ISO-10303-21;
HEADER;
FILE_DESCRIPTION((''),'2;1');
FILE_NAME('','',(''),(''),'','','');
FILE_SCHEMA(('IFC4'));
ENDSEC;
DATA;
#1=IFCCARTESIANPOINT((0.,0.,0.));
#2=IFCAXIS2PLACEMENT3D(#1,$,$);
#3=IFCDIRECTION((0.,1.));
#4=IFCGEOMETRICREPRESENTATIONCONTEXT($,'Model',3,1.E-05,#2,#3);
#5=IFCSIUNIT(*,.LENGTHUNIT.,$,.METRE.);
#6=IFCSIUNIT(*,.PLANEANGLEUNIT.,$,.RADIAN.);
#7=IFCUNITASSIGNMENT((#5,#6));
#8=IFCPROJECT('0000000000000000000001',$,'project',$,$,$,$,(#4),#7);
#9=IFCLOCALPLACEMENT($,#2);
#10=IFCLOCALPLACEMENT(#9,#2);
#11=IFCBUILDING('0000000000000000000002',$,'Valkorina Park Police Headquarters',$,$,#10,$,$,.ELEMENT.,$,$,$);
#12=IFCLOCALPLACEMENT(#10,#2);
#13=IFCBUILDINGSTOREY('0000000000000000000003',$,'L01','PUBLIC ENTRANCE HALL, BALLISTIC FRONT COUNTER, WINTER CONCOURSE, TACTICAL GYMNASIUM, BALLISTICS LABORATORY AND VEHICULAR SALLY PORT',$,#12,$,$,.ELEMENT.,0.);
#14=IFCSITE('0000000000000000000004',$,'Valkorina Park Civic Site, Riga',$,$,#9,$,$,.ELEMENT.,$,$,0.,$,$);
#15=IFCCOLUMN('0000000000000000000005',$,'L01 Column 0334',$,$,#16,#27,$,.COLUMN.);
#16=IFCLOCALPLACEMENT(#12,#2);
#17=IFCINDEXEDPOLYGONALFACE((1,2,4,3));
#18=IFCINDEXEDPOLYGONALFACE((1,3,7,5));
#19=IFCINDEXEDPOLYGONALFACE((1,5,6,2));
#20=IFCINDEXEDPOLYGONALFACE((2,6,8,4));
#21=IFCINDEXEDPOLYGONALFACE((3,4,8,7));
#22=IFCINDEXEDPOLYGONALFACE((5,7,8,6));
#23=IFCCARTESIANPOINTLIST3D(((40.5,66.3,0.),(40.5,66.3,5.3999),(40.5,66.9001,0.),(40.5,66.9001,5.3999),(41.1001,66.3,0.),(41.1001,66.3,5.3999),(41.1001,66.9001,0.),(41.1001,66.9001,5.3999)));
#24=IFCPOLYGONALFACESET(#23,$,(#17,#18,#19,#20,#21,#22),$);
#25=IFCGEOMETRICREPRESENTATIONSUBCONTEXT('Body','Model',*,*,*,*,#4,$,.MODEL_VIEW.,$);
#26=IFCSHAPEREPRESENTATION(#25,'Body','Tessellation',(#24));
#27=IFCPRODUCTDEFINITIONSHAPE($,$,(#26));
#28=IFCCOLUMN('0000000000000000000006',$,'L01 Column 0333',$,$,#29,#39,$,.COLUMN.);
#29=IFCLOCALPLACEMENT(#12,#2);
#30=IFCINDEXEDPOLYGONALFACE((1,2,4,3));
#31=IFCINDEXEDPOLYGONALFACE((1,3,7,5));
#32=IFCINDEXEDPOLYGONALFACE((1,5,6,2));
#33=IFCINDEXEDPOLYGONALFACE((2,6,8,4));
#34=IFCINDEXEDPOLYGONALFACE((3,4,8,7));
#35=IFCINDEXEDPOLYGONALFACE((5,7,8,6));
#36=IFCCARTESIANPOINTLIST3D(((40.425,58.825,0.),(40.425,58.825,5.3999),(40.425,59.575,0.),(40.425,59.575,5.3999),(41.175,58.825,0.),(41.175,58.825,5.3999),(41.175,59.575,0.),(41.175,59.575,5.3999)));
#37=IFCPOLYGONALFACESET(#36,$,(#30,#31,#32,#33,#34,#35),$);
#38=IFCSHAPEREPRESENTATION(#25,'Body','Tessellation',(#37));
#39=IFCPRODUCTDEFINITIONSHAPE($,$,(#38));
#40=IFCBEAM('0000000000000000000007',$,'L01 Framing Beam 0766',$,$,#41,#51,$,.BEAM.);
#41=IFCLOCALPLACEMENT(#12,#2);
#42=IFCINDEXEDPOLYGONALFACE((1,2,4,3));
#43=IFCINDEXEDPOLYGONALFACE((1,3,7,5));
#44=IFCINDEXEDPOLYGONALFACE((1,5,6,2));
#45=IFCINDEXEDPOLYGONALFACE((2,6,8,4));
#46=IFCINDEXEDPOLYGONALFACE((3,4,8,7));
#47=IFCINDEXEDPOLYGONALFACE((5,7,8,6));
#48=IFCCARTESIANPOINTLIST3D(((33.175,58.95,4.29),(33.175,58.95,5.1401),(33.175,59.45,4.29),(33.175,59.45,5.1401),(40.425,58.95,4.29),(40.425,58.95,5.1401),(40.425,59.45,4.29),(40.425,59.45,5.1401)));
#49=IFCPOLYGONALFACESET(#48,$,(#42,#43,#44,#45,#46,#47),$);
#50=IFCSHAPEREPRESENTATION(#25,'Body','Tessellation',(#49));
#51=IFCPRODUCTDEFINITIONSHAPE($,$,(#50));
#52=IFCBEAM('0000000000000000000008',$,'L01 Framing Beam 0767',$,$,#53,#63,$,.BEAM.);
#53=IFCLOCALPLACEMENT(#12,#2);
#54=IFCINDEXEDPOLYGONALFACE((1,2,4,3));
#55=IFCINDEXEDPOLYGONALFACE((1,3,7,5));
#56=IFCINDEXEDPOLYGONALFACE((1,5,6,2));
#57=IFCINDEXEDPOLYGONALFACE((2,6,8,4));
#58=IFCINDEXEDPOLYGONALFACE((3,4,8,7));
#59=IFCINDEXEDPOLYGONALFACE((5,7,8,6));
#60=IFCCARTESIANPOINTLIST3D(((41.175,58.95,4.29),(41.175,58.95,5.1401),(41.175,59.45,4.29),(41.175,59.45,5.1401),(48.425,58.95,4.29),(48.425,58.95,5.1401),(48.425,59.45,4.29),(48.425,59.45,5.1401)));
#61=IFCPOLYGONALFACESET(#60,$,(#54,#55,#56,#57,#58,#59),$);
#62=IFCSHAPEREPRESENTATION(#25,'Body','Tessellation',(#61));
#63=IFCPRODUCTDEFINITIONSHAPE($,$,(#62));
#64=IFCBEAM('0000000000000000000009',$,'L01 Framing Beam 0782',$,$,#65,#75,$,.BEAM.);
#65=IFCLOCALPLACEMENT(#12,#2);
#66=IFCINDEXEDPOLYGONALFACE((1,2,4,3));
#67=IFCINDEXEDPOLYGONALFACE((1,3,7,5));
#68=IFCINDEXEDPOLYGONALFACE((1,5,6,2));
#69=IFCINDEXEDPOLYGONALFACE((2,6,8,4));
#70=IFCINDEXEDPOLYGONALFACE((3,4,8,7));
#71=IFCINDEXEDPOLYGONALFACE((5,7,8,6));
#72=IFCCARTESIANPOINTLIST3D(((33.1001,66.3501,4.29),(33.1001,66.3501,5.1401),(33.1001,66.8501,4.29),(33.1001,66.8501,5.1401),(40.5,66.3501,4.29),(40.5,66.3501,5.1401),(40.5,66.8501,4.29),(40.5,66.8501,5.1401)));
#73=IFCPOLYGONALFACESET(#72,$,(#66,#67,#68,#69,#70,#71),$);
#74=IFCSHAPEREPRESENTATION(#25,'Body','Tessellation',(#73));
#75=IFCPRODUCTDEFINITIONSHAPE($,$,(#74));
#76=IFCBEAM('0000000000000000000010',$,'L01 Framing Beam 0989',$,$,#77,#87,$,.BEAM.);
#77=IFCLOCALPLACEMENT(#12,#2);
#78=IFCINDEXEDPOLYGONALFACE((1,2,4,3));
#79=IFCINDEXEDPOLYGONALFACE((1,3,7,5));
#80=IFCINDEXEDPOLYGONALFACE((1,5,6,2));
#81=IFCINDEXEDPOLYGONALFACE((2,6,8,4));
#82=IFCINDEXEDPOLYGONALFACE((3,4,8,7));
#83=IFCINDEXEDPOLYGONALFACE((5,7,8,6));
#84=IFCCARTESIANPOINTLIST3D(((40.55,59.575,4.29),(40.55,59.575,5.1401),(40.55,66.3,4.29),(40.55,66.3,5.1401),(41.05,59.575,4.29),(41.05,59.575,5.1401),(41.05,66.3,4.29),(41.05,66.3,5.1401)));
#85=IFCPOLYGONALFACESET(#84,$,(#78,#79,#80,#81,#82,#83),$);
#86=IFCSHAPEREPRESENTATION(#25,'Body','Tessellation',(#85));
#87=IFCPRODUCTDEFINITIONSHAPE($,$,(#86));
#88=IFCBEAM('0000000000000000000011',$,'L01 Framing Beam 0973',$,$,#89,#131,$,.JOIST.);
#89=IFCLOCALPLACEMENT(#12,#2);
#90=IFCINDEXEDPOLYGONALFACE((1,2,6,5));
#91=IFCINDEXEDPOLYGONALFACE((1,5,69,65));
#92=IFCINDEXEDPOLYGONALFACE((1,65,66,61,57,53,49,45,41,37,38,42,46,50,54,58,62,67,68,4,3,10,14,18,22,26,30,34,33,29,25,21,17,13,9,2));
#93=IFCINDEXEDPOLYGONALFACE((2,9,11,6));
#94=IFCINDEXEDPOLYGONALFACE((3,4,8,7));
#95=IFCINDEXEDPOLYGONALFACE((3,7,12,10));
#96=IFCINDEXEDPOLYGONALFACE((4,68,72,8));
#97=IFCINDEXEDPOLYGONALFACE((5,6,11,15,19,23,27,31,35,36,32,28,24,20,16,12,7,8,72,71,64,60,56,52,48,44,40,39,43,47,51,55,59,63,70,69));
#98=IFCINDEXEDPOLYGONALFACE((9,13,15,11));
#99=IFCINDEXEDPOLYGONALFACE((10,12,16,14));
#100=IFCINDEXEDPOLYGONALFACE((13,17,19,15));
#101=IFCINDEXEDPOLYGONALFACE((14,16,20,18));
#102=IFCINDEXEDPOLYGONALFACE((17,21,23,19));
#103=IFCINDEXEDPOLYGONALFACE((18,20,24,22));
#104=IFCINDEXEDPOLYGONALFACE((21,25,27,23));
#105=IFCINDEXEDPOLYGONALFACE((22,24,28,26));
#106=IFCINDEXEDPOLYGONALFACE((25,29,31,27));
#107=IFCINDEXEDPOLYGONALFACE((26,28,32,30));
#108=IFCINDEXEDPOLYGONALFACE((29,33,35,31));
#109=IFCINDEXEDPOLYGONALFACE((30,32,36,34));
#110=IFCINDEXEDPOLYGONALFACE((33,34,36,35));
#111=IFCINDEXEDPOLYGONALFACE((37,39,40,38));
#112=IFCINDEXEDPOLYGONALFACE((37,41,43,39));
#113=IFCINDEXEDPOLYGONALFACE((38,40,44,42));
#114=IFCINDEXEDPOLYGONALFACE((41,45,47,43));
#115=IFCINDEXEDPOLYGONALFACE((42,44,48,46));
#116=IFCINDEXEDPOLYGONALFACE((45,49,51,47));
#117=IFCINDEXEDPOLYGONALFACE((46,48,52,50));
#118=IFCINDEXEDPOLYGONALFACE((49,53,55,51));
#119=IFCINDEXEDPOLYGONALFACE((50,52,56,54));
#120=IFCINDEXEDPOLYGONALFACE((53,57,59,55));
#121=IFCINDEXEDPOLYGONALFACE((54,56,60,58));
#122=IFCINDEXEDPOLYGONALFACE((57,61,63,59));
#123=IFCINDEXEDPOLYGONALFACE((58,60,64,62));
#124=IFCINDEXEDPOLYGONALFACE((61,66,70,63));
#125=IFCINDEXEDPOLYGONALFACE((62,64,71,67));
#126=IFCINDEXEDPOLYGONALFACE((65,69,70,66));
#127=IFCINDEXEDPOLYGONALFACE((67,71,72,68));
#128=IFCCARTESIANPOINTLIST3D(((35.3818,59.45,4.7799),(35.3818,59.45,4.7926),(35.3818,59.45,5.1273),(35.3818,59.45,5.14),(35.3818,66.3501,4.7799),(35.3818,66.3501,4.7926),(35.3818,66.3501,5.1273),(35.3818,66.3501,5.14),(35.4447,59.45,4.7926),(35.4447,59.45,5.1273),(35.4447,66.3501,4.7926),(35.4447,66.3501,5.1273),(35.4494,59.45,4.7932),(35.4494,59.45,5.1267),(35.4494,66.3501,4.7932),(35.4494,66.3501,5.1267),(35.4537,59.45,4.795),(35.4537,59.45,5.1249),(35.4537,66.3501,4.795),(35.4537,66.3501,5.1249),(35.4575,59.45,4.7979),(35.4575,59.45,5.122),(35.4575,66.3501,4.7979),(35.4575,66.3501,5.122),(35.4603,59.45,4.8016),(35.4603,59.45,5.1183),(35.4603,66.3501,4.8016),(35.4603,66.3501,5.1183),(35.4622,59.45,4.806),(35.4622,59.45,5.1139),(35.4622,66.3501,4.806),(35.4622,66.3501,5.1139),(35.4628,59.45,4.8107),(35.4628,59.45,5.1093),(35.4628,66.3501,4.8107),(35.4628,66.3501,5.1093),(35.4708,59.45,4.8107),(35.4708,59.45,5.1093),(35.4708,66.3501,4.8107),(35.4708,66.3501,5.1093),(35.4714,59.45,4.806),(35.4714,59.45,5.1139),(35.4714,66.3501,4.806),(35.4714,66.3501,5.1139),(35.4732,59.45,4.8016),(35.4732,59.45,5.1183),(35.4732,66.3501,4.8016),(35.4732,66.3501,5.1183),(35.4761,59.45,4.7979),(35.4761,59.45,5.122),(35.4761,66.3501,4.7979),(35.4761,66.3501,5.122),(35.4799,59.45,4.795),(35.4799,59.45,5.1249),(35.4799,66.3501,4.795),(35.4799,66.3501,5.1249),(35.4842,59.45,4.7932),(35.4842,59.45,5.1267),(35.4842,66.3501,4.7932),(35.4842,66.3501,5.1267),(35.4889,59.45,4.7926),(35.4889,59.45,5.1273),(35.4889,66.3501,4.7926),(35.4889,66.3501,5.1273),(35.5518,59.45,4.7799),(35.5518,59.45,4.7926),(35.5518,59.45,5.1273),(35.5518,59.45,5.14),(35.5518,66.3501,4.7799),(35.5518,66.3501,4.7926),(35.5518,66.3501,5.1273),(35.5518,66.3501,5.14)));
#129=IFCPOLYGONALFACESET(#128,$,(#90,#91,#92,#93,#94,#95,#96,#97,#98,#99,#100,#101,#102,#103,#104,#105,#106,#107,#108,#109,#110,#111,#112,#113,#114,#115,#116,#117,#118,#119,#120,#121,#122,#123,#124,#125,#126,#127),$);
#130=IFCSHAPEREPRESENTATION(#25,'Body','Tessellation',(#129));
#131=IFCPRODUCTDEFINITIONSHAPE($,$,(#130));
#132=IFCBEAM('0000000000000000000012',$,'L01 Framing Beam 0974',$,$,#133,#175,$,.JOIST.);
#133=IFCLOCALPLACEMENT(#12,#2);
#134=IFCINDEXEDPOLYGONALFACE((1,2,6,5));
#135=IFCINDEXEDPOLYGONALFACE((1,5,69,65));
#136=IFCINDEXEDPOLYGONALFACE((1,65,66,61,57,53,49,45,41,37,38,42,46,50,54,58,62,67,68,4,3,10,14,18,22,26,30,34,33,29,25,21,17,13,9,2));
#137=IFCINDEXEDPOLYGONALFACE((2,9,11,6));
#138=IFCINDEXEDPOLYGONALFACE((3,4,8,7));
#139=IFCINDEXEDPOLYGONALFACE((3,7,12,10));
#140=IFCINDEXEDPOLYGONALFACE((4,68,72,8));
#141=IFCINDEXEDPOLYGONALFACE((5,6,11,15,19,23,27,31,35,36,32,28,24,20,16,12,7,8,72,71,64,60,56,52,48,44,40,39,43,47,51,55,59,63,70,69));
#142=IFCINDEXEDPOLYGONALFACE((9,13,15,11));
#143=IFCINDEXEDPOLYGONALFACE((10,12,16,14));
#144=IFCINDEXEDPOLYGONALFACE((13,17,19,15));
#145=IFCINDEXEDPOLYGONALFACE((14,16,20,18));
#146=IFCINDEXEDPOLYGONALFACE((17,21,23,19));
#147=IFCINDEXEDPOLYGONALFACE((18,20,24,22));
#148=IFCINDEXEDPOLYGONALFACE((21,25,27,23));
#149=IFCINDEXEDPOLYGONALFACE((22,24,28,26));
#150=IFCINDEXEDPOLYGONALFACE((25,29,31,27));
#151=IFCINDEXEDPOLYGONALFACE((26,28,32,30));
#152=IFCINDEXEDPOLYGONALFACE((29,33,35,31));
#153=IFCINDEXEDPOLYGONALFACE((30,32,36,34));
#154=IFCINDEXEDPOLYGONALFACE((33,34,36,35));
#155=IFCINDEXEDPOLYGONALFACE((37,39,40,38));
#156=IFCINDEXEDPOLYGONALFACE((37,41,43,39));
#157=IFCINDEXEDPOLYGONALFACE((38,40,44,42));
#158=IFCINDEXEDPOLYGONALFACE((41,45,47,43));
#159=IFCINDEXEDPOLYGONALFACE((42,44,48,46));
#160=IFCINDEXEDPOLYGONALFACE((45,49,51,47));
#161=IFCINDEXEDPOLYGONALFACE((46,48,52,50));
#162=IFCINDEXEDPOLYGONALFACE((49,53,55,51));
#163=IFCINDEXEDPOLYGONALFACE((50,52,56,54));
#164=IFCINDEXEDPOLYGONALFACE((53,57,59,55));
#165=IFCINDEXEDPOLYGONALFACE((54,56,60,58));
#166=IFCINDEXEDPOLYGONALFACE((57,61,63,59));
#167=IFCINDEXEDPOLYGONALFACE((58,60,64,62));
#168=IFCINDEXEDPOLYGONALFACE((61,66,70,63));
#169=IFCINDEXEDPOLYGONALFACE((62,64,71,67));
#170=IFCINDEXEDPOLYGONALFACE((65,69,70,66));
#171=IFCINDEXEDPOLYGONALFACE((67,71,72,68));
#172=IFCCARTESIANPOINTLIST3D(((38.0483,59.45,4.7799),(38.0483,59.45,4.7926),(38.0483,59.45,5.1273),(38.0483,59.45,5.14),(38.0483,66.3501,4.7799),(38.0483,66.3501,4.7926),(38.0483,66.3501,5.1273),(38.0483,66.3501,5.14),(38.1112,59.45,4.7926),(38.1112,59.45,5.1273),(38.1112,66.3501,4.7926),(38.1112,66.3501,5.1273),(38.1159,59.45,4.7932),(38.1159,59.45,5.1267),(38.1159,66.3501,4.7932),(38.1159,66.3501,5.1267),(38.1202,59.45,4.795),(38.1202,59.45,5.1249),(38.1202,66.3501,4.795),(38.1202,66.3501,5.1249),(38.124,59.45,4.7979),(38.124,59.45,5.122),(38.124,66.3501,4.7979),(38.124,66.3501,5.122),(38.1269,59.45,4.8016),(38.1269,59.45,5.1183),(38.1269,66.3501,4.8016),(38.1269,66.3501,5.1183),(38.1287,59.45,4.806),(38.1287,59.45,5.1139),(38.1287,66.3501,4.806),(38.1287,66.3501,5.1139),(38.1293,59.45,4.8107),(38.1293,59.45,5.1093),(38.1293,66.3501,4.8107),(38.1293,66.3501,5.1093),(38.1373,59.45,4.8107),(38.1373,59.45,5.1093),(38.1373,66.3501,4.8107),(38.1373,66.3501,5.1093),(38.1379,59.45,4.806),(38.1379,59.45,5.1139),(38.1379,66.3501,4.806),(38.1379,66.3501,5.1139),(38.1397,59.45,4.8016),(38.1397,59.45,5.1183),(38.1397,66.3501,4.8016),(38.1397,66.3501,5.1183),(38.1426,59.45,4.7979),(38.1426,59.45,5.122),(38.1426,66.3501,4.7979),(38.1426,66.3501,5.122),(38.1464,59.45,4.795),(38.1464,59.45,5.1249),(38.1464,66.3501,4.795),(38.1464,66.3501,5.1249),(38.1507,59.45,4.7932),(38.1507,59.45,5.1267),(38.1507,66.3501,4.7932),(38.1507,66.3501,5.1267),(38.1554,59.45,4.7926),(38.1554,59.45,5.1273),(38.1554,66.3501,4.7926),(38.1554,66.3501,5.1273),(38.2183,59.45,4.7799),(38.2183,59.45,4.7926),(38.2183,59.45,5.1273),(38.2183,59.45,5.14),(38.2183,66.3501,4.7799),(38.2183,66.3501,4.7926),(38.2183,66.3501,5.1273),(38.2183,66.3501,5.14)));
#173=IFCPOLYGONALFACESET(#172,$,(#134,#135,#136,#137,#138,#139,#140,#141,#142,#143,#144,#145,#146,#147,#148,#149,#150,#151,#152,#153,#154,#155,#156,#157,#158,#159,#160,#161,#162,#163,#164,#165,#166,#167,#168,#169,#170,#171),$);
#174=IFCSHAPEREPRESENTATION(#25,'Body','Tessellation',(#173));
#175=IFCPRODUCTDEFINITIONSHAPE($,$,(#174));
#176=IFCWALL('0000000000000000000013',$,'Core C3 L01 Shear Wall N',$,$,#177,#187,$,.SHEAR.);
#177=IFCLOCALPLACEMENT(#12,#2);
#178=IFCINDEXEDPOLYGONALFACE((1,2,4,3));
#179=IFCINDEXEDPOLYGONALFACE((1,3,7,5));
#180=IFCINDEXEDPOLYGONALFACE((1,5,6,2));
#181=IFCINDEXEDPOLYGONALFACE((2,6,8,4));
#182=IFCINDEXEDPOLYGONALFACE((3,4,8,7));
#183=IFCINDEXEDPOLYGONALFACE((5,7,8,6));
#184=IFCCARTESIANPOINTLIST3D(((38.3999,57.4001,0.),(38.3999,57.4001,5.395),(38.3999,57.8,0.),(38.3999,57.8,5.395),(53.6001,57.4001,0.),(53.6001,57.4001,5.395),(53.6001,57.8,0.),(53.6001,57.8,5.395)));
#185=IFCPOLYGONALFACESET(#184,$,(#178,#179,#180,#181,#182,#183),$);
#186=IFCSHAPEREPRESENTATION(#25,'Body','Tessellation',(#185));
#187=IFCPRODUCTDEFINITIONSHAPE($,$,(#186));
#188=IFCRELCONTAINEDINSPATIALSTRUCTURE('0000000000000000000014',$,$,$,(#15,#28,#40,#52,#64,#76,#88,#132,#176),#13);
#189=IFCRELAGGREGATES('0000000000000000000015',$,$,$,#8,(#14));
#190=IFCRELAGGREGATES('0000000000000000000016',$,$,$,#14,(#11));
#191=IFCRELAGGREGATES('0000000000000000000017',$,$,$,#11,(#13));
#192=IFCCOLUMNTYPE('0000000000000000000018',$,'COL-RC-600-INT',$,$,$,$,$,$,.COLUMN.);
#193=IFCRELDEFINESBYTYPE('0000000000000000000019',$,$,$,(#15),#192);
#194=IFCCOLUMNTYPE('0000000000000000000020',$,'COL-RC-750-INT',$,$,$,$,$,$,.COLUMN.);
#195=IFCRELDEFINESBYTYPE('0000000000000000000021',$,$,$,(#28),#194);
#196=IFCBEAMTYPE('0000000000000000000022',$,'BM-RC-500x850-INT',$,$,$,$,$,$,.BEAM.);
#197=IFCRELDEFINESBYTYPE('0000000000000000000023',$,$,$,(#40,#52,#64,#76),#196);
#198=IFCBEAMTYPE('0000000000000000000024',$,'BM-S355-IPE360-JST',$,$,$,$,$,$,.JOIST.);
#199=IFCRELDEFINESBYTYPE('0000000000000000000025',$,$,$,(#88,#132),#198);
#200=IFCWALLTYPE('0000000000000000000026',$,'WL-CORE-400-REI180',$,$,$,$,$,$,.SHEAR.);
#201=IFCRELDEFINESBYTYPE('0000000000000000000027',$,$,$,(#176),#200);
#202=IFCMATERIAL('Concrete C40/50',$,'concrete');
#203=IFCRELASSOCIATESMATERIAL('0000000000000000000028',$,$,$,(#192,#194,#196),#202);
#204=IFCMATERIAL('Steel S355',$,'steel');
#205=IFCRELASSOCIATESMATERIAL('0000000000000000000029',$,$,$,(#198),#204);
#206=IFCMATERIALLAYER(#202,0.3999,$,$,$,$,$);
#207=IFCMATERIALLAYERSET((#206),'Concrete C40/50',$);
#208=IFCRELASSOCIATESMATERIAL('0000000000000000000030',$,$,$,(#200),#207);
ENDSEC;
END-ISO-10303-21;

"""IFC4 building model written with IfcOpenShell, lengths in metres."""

from ifc_helpers import new_model, si_unit, direction, frame, frame_2d, origin, origin_2d, place, context, subcontext, project, spatial, rectangle, i_section, extrude, material, layer, layer_set, material_profile, profile_set, type_object, element, save


model = new_model("IFC4")

# Units and contexts
model_context = context("Model", 3, precision=1e-05, world=origin(), true_north=direction((0.0, 1.0)))
body_context = subcontext(model_context, "Body", "Model", "MODEL_VIEW")
ifc_project = project(units=[si_unit("LENGTHUNIT", "METRE"), si_unit("PLANEANGLEUNIT", "RADIAN")], contexts=[model_context])

# Site, building, storey
site_placement = place(None, origin())
site = spatial("IfcSite", under=ifc_project, at=site_placement, Name="Valkorina Park Civic Site, Riga", CompositionType="ELEMENT", RefElevation=0.0)
building_placement = place(site_placement, origin())
building = spatial("IfcBuilding", under=site, at=building_placement, Name="Valkorina Park Police Headquarters", CompositionType="ELEMENT")
storey_placement = place(building_placement, origin())
storey = spatial("IfcBuildingStorey", under=building, at=storey_placement, Name="L01", Description="PUBLIC ENTRANCE HALL, BALLISTIC FRONT COUNTER, WINTER CONCOURSE, TACTICAL GYMNASIUM, BALLISTICS LABORATORY AND VEHICULAR SALLY PORT", CompositionType="ELEMENT", Elevation=0.0)

# Columns
ifc_material_1 = material(Name="Concrete C40/50", Category="concrete")
ifc_material_profile_1 = material_profile(ifc_material_1, rectangle(XDim=0.6001, YDim=0.6001, at=origin_2d()), Name="RC COL 600x600")
ifc_profile_set_1 = profile_set([ifc_material_profile_1], Name="Concrete C40/50")
column_type_1 = type_object("IfcColumnType", Name="COL-RC-600-INT", PredefinedType="COLUMN", material=ifc_profile_set_1)
column_1_placement = place(storey_placement, frame((40.8, 66.6001, 0.0), z_axis=(0.0, 0.0, 1.0), x_axis=(1.0, 0.0, 0.0)))
element("IfcColumn", 1, at=column_1_placement, inside=storey, type_object=column_type_1, Name="L01 Column 0334", PredefinedType="COLUMN", context=body_context, shape_type="SweptSolid", body=[
    extrude(rectangle(XDim=0.6001, YDim=0.6001, at=origin_2d()), origin(), (0.0, 0.0, 1.0), 5.3999),
])
ifc_material_profile_2 = material_profile(ifc_material_1, rectangle(XDim=0.75, YDim=0.75, at=origin_2d()), Name="RC COL 750x750")
ifc_profile_set_2 = profile_set([ifc_material_profile_2], Name="Concrete C40/50")
column_type_2 = type_object("IfcColumnType", Name="COL-RC-750-INT", PredefinedType="COLUMN", material=ifc_profile_set_2)
column_2_placement = place(storey_placement, frame((40.8, 59.2, 0.0), z_axis=(0.0, 0.0, 1.0), x_axis=(1.0, 0.0, 0.0)))
element("IfcColumn", 2, at=column_2_placement, inside=storey, type_object=column_type_2, Name="L01 Column 0333", PredefinedType="COLUMN", context=body_context, shape_type="SweptSolid", body=[
    extrude(rectangle(XDim=0.75, YDim=0.75, at=origin_2d()), origin(), (0.0, 0.0, 1.0), 5.3999),
])

# Beams
ifc_material_profile_3 = material_profile(ifc_material_1, rectangle(XDim=0.5, YDim=0.8501, at=origin_2d()), Name="RC BEAM 500x850")
ifc_profile_set_3 = profile_set([ifc_material_profile_3], Name="Concrete C40/50")
beam_type_1 = type_object("IfcBeamType", Name="BM-RC-500x850-INT", PredefinedType="BEAM", material=ifc_profile_set_3)
for number, where, z_axis, x_axis, name in (
    (3, (33.175, 59.2, 4.7151), (1.0, 0.0, 0.0), (0.0, 1.0, 0.0), "L01 Framing Beam 0766"),
    (4, (41.175, 59.2, 4.7151), (1.0, 0.0, 0.0), (0.0, 1.0, 0.0), "L01 Framing Beam 0767"),
):
    element("IfcBeam", number, at=place(storey_placement, frame(where, z_axis=z_axis, x_axis=x_axis)), inside=storey, type_object=beam_type_1, Name=name, PredefinedType="BEAM", context=body_context, shape_type="SweptSolid", body=[
        extrude(rectangle(XDim=0.5, YDim=0.8501, at=origin_2d()), origin(), (0.0, 0.0, 1.0), 7.25),
    ])
beam_1_placement = place(storey_placement, frame((33.1001, 66.6001, 4.7151), z_axis=(1.0, 0.0, 0.0), x_axis=(0.0, 1.0, 0.0)))
element("IfcBeam", 5, at=beam_1_placement, inside=storey, type_object=beam_type_1, Name="L01 Framing Beam 0782", PredefinedType="BEAM", context=body_context, shape_type="SweptSolid", body=[
    extrude(rectangle(XDim=0.5, YDim=0.8501, at=origin_2d()), origin(), (0.0, 0.0, 1.0), 7.3999),
])
beam_2_placement = place(storey_placement, frame((40.8, 59.575, 4.7151), z_axis=(0.0, 1.0, 0.0), x_axis=(-1.0, 0.0, 0.0)))
element("IfcBeam", 6, at=beam_2_placement, inside=storey, type_object=beam_type_1, Name="L01 Framing Beam 0989", PredefinedType="BEAM", context=body_context, shape_type="SweptSolid", body=[
    extrude(rectangle(XDim=0.5, YDim=0.8501, at=origin_2d()), origin(), (0.0, 0.0, 1.0), 6.7251),
])
ifc_material_2 = material(Name="Steel S355", Category="steel")
ifc_material_profile_4 = material_profile(ifc_material_2, i_section(OverallWidth=0.1699, OverallDepth=0.3601, WebThickness=0.0081, FlangeThickness=0.0127, FilletRadius=0.0181, at=origin_2d()), Name="IPE 360")
ifc_profile_set_4 = profile_set([ifc_material_profile_4], Name="Steel S355")
beam_type_2 = type_object("IfcBeamType", Name="BM-S355-IPE360-JST", PredefinedType="JOIST", material=ifc_profile_set_4)
for number, where, z_axis, x_axis, name in (
    (7, (35.4668, 59.45, 4.96), (0.0, 1.0, 0.0), (-1.0, 0.0, 0.0), "L01 Framing Beam 0973"),
    (8, (38.1333, 59.45, 4.96), (0.0, 1.0, 0.0), (-1.0, 0.0, 0.0), "L01 Framing Beam 0974"),
):
    element("IfcBeam", number, at=place(storey_placement, frame(where, z_axis=z_axis, x_axis=x_axis)), inside=storey, type_object=beam_type_2, Name=name, PredefinedType="JOIST", context=body_context, shape_type="SweptSolid", body=[
        extrude(i_section(OverallWidth=0.1699, OverallDepth=0.3601, WebThickness=0.0081, FlangeThickness=0.0127, FilletRadius=0.0181, at=origin_2d()), origin(), (0.0, 0.0, 1.0), 6.9001),
    ])

# Wall
ifc_layer_1 = layer(ifc_material_1, 0.3999)
ifc_layer_set_1 = layer_set([ifc_layer_1], Name="Concrete C40/50")
wall_type_1 = type_object("IfcWallType", Name="WL-CORE-400-REI180", PredefinedType="SHEAR", material=ifc_layer_set_1)
wall_1_placement = place(storey_placement, frame((38.3999, 57.6001, 0.0), z_axis=(0.0, 0.0, 1.0), x_axis=(1.0, 0.0, 0.0)))
element("IfcWall", 9, at=wall_1_placement, inside=storey, type_object=wall_type_1, Name="Core C3 L01 Shear Wall N", PredefinedType="SHEAR", context=body_context, shape_type="SweptSolid", body=[
    extrude(rectangle(XDim=15.2002, YDim=0.3999, at=frame_2d((7.6001, 0.0))), origin(), (0.0, 0.0, 1.0), 5.395),
])

save(model, "model.ifc")
